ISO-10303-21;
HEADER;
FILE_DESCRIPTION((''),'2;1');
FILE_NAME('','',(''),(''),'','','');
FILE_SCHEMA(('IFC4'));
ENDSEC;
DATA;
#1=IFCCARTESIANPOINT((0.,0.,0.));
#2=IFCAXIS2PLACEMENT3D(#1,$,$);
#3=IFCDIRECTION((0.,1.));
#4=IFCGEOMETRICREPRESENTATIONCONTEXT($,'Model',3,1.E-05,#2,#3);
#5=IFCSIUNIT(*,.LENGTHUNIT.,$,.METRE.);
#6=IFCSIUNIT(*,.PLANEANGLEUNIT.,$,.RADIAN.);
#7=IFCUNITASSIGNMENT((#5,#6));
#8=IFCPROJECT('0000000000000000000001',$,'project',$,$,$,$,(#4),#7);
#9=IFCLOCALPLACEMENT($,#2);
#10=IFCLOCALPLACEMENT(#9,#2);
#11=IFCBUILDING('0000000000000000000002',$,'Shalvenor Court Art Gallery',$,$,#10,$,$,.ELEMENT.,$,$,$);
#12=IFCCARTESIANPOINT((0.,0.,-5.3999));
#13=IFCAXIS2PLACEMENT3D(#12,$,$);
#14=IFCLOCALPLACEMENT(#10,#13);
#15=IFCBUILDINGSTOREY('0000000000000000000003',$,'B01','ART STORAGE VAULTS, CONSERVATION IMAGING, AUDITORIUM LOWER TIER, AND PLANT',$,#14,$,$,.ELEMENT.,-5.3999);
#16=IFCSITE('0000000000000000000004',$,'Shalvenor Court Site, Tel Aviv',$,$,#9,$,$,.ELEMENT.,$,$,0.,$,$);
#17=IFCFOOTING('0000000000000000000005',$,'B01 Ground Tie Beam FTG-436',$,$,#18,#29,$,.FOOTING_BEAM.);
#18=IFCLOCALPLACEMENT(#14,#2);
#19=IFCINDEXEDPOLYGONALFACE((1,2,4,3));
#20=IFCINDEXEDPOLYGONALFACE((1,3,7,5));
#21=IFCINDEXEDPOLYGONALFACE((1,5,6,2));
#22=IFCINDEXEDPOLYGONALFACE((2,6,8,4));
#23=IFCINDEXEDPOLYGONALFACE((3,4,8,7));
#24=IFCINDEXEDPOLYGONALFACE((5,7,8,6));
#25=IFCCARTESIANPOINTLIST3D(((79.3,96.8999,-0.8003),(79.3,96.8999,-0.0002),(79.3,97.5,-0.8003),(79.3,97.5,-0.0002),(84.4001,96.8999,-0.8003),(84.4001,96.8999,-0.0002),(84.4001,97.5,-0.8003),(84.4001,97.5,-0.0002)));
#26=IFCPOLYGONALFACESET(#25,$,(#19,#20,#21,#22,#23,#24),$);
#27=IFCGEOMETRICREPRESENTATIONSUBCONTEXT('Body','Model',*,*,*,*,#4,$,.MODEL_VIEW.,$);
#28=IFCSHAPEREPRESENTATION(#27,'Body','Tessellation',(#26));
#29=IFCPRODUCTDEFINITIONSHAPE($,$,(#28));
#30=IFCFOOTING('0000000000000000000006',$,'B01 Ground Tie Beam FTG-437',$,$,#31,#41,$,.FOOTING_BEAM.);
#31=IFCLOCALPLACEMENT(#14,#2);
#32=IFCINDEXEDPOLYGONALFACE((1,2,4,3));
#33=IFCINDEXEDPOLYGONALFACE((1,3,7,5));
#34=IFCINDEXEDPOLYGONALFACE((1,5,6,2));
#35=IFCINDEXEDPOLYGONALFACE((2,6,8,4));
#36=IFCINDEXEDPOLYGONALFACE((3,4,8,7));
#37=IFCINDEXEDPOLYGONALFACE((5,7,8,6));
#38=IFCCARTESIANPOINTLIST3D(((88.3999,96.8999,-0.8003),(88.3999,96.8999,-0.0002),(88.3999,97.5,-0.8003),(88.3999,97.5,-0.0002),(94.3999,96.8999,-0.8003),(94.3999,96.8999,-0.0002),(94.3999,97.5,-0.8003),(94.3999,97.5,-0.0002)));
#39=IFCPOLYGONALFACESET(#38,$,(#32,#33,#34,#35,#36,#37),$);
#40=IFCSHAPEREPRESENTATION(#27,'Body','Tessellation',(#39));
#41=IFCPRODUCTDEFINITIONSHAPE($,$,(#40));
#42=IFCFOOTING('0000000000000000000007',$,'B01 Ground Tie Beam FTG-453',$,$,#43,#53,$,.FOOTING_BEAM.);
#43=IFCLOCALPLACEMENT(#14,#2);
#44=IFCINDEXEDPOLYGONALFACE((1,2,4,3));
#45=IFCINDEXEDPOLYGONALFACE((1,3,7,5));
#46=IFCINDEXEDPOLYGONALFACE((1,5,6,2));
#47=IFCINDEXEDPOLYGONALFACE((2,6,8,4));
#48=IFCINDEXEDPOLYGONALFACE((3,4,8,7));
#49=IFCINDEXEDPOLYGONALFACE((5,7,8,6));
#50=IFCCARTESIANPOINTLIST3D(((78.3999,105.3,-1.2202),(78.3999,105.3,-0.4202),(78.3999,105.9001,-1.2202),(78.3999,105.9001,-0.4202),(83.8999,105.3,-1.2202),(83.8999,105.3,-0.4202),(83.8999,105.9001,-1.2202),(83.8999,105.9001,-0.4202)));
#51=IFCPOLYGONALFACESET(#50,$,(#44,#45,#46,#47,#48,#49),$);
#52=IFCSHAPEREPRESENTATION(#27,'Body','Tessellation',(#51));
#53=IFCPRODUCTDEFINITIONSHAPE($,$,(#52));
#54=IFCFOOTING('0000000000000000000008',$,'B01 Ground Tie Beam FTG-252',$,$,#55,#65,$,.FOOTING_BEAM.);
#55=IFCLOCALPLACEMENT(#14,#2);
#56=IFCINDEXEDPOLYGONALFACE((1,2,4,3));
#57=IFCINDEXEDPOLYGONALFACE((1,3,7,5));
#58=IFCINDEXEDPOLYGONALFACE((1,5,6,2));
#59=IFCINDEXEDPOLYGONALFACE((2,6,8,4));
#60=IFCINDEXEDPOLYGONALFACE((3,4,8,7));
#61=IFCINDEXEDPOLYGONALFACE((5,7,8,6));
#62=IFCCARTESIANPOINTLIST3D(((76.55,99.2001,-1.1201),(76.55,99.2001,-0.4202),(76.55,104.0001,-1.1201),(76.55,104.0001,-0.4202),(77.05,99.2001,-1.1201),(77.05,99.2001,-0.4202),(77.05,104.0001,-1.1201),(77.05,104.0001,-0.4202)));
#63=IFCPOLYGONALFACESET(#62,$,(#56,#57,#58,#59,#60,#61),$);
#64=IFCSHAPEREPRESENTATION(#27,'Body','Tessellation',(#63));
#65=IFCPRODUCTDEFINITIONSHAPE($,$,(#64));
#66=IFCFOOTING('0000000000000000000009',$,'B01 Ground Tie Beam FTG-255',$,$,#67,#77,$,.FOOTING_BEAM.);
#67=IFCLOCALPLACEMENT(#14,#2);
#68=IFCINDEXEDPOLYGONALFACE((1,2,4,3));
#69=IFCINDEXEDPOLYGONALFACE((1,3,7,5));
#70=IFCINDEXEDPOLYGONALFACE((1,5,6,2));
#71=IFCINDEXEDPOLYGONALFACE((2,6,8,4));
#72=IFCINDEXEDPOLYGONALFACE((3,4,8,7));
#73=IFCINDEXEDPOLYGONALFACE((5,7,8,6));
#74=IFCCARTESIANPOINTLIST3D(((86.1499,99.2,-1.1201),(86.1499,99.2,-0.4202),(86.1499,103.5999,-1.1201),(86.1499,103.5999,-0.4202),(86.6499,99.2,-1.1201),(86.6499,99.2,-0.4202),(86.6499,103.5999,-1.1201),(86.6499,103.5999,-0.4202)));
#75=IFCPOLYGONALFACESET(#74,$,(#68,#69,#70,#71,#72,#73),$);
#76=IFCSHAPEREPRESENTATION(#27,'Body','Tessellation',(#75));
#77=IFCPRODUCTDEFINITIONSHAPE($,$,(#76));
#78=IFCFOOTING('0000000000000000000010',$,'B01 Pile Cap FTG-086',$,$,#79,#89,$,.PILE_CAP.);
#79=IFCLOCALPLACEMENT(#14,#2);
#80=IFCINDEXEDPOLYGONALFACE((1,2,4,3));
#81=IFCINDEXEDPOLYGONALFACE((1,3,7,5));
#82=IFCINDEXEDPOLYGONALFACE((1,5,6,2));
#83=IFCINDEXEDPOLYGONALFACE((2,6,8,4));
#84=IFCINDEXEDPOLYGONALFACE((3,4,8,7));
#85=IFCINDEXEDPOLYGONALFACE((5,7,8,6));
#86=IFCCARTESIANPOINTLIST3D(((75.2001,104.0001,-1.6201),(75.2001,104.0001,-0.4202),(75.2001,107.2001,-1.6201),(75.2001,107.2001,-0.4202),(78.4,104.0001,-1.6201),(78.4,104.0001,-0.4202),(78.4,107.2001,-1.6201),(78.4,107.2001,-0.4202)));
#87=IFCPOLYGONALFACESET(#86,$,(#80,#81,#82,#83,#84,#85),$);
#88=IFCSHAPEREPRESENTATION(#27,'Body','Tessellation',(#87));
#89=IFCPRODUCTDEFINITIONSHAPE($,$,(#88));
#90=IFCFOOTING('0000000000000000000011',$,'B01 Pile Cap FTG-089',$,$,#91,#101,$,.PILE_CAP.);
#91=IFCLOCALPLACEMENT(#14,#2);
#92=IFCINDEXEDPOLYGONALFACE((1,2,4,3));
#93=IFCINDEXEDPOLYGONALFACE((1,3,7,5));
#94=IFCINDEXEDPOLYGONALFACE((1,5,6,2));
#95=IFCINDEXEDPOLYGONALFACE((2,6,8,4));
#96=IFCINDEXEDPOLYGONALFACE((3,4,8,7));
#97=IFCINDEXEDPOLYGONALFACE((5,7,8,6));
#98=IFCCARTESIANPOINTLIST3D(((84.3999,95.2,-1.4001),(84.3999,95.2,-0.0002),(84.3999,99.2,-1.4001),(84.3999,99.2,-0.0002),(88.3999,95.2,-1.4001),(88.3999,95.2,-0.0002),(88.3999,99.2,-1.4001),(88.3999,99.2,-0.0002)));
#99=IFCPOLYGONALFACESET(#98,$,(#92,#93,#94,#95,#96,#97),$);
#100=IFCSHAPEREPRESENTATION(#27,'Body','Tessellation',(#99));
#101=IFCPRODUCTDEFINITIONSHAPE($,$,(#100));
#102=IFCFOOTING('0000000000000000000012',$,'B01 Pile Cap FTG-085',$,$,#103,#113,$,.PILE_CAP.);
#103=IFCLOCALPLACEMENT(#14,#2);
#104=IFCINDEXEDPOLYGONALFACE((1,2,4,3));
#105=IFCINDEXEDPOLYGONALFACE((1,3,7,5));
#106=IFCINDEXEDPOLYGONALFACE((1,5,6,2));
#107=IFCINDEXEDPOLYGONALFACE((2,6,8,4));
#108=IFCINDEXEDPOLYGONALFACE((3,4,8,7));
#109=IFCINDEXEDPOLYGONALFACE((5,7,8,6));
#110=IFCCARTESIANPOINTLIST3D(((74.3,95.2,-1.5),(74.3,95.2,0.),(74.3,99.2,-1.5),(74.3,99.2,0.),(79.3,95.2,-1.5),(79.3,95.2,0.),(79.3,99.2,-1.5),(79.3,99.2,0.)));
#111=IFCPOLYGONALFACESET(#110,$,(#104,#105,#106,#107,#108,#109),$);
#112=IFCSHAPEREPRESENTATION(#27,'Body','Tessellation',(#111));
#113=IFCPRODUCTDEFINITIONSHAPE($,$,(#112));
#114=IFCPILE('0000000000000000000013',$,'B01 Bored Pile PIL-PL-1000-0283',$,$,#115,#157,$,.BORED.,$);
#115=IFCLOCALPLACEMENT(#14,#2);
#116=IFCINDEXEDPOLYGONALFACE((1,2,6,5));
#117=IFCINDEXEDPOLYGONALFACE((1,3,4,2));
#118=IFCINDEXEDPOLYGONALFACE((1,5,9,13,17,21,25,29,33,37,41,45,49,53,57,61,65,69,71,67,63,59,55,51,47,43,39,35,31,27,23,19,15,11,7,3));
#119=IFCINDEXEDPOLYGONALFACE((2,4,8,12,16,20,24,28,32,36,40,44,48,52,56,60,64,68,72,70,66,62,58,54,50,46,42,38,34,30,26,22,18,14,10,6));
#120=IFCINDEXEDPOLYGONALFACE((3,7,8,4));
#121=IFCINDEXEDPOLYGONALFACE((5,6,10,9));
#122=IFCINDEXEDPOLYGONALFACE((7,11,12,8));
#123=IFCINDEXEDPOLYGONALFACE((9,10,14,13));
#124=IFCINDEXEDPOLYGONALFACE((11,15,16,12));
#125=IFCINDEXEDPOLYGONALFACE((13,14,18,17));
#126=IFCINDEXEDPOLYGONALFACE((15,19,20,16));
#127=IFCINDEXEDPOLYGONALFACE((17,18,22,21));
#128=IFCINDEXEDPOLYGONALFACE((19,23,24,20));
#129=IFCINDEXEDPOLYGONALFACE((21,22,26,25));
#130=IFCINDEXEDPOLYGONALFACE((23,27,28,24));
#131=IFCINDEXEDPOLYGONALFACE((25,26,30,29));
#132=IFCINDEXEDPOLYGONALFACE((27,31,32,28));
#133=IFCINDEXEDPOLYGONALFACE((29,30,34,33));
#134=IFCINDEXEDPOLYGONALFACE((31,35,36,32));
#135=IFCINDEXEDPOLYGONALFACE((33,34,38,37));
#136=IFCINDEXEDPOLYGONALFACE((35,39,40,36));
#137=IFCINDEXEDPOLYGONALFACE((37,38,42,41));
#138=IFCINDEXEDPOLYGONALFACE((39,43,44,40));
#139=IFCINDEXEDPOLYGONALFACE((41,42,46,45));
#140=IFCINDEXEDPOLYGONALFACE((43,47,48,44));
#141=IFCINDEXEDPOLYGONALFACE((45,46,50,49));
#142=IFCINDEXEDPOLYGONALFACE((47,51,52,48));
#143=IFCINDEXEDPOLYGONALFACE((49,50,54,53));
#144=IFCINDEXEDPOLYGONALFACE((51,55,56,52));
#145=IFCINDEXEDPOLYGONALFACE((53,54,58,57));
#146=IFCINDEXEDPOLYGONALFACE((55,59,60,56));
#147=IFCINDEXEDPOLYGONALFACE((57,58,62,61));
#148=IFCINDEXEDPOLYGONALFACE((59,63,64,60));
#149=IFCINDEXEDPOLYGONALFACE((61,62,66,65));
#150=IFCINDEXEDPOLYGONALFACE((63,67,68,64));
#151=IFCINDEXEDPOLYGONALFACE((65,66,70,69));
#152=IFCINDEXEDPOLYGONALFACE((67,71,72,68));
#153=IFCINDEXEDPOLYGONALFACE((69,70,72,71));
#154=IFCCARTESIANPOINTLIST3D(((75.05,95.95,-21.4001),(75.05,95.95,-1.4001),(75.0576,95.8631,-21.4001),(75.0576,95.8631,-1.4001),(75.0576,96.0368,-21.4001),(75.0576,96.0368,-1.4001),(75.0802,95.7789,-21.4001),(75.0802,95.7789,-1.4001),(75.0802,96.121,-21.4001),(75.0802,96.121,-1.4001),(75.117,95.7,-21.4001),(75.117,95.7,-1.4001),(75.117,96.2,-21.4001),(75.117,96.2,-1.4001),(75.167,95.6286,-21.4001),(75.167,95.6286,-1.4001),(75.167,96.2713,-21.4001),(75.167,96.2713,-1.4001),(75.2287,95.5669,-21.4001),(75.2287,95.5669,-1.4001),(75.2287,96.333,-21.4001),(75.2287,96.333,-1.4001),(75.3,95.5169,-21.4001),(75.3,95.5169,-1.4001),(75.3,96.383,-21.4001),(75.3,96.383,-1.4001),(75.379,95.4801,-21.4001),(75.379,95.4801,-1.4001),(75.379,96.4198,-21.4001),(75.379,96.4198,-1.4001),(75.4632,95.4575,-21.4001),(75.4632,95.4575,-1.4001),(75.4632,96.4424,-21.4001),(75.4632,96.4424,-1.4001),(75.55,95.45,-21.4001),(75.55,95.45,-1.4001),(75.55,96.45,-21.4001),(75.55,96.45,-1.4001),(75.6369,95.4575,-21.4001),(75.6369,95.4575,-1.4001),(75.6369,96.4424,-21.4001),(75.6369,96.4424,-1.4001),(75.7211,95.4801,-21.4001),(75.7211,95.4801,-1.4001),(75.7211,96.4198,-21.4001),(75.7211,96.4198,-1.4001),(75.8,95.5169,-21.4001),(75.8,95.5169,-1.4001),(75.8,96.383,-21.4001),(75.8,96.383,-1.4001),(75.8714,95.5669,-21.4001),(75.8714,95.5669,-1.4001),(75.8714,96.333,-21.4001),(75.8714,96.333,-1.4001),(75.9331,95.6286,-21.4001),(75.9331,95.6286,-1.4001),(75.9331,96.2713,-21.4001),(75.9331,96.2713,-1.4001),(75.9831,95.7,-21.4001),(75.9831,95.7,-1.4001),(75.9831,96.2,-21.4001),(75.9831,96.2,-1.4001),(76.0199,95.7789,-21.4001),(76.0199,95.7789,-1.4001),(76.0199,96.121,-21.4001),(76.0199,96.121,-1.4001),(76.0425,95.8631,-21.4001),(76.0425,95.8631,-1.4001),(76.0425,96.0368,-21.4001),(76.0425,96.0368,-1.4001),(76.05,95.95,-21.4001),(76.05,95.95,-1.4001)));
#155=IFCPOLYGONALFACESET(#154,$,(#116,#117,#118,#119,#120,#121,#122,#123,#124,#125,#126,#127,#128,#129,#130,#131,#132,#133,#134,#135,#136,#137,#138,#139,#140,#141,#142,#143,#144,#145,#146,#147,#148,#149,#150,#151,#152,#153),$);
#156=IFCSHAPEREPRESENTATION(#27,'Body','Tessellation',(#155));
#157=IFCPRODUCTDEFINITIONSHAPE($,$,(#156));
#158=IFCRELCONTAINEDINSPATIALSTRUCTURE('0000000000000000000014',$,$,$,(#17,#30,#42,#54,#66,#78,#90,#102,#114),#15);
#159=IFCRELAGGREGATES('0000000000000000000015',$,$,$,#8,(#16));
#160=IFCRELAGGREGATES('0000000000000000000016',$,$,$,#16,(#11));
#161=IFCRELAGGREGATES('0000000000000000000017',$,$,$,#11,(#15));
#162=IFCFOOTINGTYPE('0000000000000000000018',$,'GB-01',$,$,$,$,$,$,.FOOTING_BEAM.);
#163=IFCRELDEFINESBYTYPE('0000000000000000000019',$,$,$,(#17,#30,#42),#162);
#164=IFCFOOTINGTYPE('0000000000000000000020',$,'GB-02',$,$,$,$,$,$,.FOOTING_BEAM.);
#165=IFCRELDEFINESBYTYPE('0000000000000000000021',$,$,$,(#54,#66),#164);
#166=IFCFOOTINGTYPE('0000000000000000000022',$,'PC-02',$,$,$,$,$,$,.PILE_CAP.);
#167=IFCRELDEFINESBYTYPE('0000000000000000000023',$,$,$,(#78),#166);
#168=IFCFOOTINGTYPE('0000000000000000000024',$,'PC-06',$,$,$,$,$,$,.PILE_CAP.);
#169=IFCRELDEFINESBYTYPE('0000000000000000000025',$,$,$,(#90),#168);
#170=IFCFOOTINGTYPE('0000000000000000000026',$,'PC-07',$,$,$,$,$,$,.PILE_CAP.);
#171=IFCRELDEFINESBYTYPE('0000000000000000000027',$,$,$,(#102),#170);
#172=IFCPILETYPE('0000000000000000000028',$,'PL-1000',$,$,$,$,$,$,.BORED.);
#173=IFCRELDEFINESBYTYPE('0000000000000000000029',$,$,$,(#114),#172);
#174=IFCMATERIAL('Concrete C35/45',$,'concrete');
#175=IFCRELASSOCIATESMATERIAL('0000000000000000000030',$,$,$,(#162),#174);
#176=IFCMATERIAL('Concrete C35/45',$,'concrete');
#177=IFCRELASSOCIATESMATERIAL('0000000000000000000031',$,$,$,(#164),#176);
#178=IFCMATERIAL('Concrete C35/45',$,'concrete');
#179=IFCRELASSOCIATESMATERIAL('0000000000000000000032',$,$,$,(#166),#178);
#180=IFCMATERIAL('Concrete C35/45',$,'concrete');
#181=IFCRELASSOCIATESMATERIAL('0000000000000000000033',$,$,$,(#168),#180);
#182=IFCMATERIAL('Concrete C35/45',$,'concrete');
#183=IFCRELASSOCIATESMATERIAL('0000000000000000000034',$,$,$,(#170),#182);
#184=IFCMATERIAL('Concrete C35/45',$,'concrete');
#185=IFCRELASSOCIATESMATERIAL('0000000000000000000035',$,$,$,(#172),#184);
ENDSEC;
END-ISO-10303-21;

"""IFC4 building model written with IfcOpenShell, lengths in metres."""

from ifc_helpers import new_model, si_unit, direction, frame, origin, origin_2d, place, context, subcontext, project, spatial, rectangle, circle, extrude, material, material_profile, profile_set, type_object, element, save


model = new_model("IFC4")

# Units and contexts
model_context = context("Model", 3, precision=1e-05, world=origin(), true_north=direction((0.0, 1.0)))
body_context = subcontext(model_context, "Body", "Model", "MODEL_VIEW")
ifc_project = project(units=[si_unit("LENGTHUNIT", "METRE"), si_unit("PLANEANGLEUNIT", "RADIAN")], contexts=[model_context])

# Site, building, storey
site_placement = place(None, origin())
site = spatial("IfcSite", under=ifc_project, at=site_placement, Name="Shalvenor Court Site, Tel Aviv", CompositionType="ELEMENT", RefElevation=0.0)
building_placement = place(site_placement, origin())
building = spatial("IfcBuilding", under=site, at=building_placement, Name="Shalvenor Court Art Gallery", CompositionType="ELEMENT")
storey_placement = place(building_placement, frame((0.0, 0.0, -5.3999)))
storey = spatial("IfcBuildingStorey", under=building, at=storey_placement, Name="B01", Description="ART STORAGE VAULTS, CONSERVATION IMAGING, AUDITORIUM LOWER TIER, AND PLANT", CompositionType="ELEMENT", Elevation=-5.3999)

# Footings
ifc_material_1 = material(Name="Concrete C35/45", Category="concrete")
footing_type_1 = type_object("IfcFootingType", Name="GB-01", PredefinedType="FOOTING_BEAM", material=ifc_material_1)
footing_1_placement = place(storey_placement, frame((81.8501, 97.2, -0.8003), z_axis=(0.0, 0.0, 1.0), x_axis=(1.0, 0.0, 0.0)))
element("IfcFooting", 1, at=footing_1_placement, inside=storey, type_object=footing_type_1, Name="B01 Ground Tie Beam FTG-436", PredefinedType="FOOTING_BEAM", context=body_context, shape_type="SweptSolid", body=[
    extrude(rectangle(XDim=5.1001, YDim=0.6001, at=origin_2d()), origin(), (0.0, 0.0, 1.0), 0.8),
])
footing_2_placement = place(storey_placement, frame((91.3999, 97.2, -0.8003), z_axis=(0.0, 0.0, 1.0), x_axis=(1.0, 0.0, 0.0)))
element("IfcFooting", 2, at=footing_2_placement, inside=storey, type_object=footing_type_1, Name="B01 Ground Tie Beam FTG-437", PredefinedType="FOOTING_BEAM", context=body_context, shape_type="SweptSolid", body=[
    extrude(rectangle(XDim=6.0, YDim=0.6001, at=origin_2d()), origin(), (0.0, 0.0, 1.0), 0.8),
])
footing_3_placement = place(storey_placement, frame((81.1499, 105.6001, -1.2202), z_axis=(0.0, 0.0, 1.0), x_axis=(1.0, 0.0, 0.0)))
element("IfcFooting", 3, at=footing_3_placement, inside=storey, type_object=footing_type_1, Name="B01 Ground Tie Beam FTG-453", PredefinedType="FOOTING_BEAM", context=body_context, shape_type="SweptSolid", body=[
    extrude(rectangle(XDim=5.5, YDim=0.6001, at=origin_2d()), origin(), (0.0, 0.0, 1.0), 0.8),
])
ifc_material_2 = material(Name="Concrete C35/45", Category="concrete")
footing_type_2 = type_object("IfcFootingType", Name="GB-02", PredefinedType="FOOTING_BEAM", material=ifc_material_2)
footing_4_placement = place(storey_placement, frame((76.8, 101.6001, -1.1201), z_axis=(0.0, 0.0, 1.0), x_axis=(0.0, 1.0, 0.0)))
element("IfcFooting", 4, at=footing_4_placement, inside=storey, type_object=footing_type_2, Name="B01 Ground Tie Beam FTG-252", PredefinedType="FOOTING_BEAM", context=body_context, shape_type="SweptSolid", body=[
    extrude(rectangle(XDim=4.8, YDim=0.5, at=origin_2d()), origin(), (0.0, 0.0, 1.0), 0.7),
])
footing_5_placement = place(storey_placement, frame((86.3999, 101.3999, -1.1201), z_axis=(0.0, 0.0, 1.0), x_axis=(0.0, 1.0, 0.0)))
element("IfcFooting", 5, at=footing_5_placement, inside=storey, type_object=footing_type_2, Name="B01 Ground Tie Beam FTG-255", PredefinedType="FOOTING_BEAM", context=body_context, shape_type="SweptSolid", body=[
    extrude(rectangle(XDim=4.3999, YDim=0.5, at=origin_2d()), origin(), (0.0, 0.0, 1.0), 0.7),
])
ifc_material_3 = material(Name="Concrete C35/45", Category="concrete")
footing_type_3 = type_object("IfcFootingType", Name="PC-02", PredefinedType="PILE_CAP", material=ifc_material_3)
footing_6_placement = place(storey_placement, frame((76.8, 105.6001, -1.6201), z_axis=(0.0, 0.0, 1.0), x_axis=(1.0, 0.0, 0.0)))
element("IfcFooting", 6, at=footing_6_placement, inside=storey, type_object=footing_type_3, Name="B01 Pile Cap FTG-086", PredefinedType="PILE_CAP", context=body_context, shape_type="SweptSolid", body=[
    extrude(rectangle(XDim=3.2, YDim=3.2, at=origin_2d()), origin(), (0.0, 0.0, 1.0), 1.2),
])
ifc_material_4 = material(Name="Concrete C35/45", Category="concrete")
footing_type_4 = type_object("IfcFootingType", Name="PC-06", PredefinedType="PILE_CAP", material=ifc_material_4)
footing_7_placement = place(storey_placement, frame((86.3999, 97.2, -1.4001), z_axis=(0.0, 0.0, 1.0), x_axis=(1.0, 0.0, 0.0)))
element("IfcFooting", 7, at=footing_7_placement, inside=storey, type_object=footing_type_4, Name="B01 Pile Cap FTG-089", PredefinedType="PILE_CAP", context=body_context, shape_type="SweptSolid", body=[
    extrude(rectangle(XDim=4.0, YDim=4.0, at=origin_2d()), origin(), (0.0, 0.0, 1.0), 1.3999),
])
ifc_material_5 = material(Name="Concrete C35/45", Category="concrete")
footing_type_5 = type_object("IfcFootingType", Name="PC-07", PredefinedType="PILE_CAP", material=ifc_material_5)
footing_8_placement = place(storey_placement, frame((76.8, 97.2, -1.5), z_axis=(0.0, 0.0, 1.0), x_axis=(1.0, 0.0, 0.0)))
element("IfcFooting", 8, at=footing_8_placement, inside=storey, type_object=footing_type_5, Name="B01 Pile Cap FTG-085", PredefinedType="PILE_CAP", context=body_context, shape_type="SweptSolid", body=[
    extrude(rectangle(XDim=5.0, YDim=4.0, at=origin_2d()), origin(), (0.0, 0.0, 1.0), 1.5),
])

# Pile
ifc_material_6 = material(Name="Concrete C35/45", Category="concrete")
ifc_material_profile_1 = material_profile(ifc_material_6, circle(Radius=0.5, at=origin_2d()), Name="PILE 1000")
ifc_profile_set_1 = profile_set([ifc_material_profile_1], Name="Concrete C35/45")
pile_type_1 = type_object("IfcPileType", Name="PL-1000", PredefinedType="BORED", material=ifc_profile_set_1)
for number, where, z_axis, x_axis, name in (
    (9, (75.55, 95.95, -1.4001), (0.0, 0.0, -1.0), (1.0, 0.0, 0.0), "B01 Bored Pile PIL-PL-1000-0283"),
):
    element("IfcPile", number, at=place(storey_placement, frame(where, z_axis=z_axis, x_axis=x_axis)), inside=storey, type_object=pile_type_1, Name=name, PredefinedType="BORED", context=body_context, shape_type="SweptSolid", body=[
        extrude(circle(Radius=0.5, at=origin_2d()), origin(), (0.0, 0.0, 1.0), 20.0),
    ])

save(model, "model.ifc")
